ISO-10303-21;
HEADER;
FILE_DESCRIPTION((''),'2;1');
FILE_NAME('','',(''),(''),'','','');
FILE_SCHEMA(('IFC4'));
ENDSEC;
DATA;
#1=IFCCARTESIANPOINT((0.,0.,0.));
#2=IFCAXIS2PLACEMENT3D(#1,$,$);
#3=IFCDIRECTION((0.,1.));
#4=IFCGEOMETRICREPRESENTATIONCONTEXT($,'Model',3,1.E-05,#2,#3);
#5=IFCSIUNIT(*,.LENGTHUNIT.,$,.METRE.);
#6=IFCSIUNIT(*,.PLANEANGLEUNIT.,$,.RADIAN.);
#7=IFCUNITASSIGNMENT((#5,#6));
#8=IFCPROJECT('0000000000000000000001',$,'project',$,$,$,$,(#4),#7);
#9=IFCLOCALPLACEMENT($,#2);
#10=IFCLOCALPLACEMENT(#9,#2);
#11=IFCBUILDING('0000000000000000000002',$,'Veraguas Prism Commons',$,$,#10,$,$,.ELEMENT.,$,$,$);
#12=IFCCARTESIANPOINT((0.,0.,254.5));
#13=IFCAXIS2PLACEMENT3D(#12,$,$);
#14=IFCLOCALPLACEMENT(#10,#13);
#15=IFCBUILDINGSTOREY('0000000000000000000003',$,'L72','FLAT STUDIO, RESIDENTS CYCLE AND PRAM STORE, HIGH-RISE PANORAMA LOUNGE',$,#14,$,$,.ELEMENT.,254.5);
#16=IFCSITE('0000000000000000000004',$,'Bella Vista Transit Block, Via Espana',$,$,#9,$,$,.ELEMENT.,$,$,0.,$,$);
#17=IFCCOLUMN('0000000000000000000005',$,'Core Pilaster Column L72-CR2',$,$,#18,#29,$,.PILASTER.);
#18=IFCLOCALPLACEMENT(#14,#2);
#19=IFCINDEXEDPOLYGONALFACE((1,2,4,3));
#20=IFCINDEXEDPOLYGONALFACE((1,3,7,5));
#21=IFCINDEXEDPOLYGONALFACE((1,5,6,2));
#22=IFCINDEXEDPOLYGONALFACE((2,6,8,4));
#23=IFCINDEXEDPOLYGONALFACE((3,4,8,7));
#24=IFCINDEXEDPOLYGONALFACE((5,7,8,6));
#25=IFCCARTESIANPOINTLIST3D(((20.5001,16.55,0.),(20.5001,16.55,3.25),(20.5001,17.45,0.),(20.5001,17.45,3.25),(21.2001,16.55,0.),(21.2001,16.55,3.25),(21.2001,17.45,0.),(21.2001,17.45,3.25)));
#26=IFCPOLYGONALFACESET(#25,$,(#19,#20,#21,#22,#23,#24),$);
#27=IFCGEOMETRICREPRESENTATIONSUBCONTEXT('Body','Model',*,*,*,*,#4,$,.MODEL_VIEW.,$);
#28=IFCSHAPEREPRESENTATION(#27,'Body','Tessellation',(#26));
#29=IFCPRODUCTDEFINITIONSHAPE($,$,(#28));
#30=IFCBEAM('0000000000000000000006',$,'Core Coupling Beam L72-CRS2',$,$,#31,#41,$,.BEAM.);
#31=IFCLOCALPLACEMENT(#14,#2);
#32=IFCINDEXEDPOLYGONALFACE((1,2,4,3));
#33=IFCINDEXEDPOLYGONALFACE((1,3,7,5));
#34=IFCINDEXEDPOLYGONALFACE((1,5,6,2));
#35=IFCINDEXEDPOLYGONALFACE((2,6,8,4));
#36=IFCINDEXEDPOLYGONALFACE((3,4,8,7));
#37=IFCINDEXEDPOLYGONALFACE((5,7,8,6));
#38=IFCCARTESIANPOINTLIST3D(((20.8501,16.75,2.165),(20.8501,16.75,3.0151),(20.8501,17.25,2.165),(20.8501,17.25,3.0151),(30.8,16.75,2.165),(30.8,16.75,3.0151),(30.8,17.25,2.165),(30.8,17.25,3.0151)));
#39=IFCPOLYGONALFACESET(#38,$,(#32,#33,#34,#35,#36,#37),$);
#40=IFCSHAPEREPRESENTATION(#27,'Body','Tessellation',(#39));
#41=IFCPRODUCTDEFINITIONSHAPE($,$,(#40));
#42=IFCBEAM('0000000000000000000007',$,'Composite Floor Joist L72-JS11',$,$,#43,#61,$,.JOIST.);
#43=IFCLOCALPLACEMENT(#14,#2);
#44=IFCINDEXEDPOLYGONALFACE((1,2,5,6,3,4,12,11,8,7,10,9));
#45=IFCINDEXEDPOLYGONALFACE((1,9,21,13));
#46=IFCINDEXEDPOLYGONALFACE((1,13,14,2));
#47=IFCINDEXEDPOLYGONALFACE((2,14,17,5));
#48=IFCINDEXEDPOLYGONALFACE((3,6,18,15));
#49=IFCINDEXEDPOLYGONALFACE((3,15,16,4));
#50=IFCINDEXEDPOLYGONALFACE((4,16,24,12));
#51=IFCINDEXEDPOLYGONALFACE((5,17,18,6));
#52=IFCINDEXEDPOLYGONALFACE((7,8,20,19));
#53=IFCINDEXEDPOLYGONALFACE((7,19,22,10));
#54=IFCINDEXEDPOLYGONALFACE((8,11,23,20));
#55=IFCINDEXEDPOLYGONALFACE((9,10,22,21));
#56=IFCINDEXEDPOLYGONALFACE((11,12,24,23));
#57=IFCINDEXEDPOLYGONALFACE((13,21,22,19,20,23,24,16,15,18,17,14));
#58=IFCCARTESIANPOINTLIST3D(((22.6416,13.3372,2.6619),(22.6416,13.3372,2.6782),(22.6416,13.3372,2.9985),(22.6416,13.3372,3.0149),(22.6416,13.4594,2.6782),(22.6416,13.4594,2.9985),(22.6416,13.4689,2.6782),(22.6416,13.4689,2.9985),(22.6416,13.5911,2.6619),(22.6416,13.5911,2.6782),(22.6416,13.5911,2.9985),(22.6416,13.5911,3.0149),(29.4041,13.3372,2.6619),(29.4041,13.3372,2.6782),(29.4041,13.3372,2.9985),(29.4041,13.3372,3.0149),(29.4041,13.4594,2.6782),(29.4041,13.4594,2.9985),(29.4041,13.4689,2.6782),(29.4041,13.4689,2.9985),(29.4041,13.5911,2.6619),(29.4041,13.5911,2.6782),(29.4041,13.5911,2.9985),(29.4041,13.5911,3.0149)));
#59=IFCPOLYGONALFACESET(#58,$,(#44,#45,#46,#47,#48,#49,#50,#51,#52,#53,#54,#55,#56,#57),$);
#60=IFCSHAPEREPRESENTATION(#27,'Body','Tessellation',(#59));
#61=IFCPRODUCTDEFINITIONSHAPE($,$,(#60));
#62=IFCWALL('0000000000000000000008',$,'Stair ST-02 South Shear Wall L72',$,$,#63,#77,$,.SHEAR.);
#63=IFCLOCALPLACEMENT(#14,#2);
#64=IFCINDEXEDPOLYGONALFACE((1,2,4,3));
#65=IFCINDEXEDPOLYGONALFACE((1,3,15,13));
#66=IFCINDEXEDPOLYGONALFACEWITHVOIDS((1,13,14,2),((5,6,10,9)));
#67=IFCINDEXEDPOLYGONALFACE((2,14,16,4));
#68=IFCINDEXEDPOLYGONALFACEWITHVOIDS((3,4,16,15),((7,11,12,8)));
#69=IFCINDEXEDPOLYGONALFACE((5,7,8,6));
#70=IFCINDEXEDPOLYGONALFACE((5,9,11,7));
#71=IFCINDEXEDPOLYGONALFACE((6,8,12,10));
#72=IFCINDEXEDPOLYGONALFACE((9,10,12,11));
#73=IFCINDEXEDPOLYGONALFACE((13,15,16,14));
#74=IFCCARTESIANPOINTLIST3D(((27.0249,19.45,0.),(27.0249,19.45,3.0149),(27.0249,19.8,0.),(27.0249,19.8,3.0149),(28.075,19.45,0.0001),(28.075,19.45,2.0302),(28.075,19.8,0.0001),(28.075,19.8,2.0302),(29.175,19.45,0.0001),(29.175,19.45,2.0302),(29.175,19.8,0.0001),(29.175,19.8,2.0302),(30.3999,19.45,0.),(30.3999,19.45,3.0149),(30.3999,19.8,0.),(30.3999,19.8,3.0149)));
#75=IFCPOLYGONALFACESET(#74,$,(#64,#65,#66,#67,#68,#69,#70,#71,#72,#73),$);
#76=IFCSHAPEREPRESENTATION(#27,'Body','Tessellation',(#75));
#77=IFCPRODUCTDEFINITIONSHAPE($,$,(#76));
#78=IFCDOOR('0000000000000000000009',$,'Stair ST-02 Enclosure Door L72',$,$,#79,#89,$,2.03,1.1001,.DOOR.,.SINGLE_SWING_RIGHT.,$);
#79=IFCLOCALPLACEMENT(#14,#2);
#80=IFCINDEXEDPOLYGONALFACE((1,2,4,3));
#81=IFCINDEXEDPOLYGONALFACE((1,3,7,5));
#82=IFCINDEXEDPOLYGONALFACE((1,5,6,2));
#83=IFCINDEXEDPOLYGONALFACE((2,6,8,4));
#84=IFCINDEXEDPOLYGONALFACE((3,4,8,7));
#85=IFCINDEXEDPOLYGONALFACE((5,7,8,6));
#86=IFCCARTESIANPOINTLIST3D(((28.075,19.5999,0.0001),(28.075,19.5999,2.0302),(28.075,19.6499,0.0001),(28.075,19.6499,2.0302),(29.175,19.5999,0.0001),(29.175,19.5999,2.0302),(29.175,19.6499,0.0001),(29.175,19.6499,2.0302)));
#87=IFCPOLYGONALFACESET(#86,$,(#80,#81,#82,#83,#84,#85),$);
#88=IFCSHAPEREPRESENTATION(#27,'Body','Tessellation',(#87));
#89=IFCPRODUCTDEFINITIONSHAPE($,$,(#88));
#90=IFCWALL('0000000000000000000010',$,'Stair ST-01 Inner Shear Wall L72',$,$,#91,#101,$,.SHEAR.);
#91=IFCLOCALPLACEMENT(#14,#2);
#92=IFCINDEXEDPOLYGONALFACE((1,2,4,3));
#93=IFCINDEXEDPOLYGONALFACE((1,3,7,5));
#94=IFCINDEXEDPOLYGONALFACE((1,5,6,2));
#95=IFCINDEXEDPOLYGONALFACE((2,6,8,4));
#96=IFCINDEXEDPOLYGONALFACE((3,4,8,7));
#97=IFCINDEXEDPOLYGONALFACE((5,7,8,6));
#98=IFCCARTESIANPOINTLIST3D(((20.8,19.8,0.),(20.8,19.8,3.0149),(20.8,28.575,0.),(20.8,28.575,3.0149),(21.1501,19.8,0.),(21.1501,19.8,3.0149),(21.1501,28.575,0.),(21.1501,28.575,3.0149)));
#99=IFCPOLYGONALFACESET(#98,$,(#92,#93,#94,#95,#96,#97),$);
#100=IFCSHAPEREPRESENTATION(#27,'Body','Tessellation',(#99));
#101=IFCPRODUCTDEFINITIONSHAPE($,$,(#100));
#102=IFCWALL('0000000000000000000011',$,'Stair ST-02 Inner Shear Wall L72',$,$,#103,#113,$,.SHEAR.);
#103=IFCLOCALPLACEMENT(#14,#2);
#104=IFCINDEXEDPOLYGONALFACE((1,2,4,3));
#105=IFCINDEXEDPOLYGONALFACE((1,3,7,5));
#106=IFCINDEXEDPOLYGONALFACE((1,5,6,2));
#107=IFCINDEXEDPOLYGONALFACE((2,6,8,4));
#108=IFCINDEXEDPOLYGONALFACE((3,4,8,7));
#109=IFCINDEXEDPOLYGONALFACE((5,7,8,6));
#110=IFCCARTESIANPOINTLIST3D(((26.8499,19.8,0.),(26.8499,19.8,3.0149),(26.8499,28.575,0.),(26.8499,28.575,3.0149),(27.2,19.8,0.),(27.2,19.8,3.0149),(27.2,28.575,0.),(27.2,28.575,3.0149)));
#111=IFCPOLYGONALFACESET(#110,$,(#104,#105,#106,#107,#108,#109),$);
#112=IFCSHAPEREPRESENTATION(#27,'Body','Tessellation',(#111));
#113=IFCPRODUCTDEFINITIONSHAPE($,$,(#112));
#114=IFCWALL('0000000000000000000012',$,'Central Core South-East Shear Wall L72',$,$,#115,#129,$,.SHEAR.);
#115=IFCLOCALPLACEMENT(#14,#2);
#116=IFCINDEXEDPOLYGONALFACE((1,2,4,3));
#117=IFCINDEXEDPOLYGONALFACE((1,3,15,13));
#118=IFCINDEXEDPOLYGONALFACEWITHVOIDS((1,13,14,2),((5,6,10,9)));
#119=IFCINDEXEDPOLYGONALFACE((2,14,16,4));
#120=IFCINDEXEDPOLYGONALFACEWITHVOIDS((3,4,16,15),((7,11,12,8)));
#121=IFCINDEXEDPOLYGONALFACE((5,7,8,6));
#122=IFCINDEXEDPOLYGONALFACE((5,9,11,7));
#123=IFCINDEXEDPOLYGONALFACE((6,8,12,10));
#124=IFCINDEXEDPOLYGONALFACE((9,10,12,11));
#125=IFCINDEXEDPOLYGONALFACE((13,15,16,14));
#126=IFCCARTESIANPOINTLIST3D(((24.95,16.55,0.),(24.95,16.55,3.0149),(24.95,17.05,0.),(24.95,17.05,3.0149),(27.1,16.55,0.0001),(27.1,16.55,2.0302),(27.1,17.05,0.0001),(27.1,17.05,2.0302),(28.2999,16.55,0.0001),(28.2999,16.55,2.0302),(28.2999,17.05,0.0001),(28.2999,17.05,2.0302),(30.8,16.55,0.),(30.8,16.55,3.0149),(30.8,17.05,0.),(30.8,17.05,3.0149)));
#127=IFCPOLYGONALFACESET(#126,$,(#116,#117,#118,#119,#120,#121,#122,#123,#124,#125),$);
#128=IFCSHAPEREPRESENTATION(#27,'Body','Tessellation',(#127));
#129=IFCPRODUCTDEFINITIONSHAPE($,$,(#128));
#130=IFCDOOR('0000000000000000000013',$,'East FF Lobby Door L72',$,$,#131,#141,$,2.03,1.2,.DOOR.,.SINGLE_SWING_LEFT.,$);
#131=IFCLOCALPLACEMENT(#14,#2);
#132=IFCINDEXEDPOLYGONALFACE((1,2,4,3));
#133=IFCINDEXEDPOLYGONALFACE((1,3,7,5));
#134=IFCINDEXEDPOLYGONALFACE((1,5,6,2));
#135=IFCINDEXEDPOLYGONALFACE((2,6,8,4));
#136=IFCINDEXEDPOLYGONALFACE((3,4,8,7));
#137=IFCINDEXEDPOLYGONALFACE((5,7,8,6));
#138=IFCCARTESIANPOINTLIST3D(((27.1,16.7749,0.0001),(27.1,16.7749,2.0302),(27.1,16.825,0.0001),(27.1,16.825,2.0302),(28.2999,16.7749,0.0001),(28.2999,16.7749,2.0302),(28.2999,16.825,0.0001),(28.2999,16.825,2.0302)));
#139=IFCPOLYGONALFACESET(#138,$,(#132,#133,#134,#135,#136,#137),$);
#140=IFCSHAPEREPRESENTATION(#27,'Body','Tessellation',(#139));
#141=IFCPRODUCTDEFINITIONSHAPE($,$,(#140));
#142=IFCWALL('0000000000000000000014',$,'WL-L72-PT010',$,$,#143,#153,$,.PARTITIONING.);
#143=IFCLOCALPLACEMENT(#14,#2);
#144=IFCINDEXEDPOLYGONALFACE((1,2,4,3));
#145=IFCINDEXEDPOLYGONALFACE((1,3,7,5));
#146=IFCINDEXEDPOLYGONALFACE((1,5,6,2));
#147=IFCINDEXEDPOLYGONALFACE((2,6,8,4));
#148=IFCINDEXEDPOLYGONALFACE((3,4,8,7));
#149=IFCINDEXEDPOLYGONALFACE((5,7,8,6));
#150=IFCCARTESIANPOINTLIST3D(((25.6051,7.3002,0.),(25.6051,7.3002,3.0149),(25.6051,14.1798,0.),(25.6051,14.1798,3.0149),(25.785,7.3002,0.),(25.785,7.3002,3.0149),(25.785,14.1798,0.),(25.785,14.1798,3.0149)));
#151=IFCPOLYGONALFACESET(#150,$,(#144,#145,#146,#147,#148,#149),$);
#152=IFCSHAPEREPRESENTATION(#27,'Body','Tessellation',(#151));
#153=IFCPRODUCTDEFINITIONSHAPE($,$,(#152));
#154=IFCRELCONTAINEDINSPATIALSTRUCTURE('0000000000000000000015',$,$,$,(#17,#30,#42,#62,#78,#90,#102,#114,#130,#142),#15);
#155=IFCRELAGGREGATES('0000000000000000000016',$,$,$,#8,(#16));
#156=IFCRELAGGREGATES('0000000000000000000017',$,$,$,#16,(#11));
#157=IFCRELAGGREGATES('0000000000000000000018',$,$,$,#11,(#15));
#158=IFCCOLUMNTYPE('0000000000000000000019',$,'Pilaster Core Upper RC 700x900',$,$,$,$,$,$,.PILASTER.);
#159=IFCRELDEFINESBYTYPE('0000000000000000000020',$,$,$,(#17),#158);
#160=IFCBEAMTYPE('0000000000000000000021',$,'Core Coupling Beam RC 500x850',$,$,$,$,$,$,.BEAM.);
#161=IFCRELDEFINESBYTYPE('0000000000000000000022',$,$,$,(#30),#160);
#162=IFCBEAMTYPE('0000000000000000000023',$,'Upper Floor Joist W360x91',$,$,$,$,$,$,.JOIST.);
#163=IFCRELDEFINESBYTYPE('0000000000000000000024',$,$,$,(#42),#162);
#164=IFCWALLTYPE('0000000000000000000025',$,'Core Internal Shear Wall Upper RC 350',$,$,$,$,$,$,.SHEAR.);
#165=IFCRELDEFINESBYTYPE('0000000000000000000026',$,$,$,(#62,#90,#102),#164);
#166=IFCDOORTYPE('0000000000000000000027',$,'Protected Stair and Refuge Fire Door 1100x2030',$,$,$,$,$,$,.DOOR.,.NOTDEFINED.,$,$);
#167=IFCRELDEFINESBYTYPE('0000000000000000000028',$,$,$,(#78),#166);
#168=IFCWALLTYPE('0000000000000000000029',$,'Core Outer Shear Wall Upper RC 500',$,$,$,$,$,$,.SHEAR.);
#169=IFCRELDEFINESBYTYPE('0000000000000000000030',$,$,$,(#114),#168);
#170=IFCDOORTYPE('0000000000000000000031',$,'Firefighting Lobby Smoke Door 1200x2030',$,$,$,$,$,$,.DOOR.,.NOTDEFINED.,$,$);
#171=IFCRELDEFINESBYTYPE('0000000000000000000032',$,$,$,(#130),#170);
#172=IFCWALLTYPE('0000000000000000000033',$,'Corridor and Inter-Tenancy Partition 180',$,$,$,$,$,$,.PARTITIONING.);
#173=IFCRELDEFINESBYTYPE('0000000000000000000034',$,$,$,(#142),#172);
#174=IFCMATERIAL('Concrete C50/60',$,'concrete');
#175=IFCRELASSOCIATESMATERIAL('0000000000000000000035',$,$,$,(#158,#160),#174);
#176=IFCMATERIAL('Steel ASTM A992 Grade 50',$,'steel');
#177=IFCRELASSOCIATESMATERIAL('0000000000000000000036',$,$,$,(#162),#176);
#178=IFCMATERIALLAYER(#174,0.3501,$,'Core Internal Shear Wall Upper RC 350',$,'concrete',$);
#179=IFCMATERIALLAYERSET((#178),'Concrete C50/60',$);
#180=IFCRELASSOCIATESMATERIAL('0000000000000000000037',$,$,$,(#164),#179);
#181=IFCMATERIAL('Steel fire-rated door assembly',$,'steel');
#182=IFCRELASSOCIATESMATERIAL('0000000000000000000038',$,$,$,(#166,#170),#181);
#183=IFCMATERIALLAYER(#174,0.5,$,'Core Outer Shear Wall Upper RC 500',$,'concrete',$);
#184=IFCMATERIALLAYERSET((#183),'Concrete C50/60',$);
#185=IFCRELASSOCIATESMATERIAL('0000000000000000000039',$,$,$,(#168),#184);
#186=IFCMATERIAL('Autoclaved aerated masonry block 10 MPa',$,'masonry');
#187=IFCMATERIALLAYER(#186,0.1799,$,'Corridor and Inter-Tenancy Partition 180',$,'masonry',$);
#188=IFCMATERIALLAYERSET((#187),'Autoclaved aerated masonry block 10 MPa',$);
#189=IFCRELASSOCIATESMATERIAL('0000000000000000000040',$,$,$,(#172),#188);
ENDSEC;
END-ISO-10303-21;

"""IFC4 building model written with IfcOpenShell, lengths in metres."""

from ifc_helpers import new_model, si_unit, direction, frame, frame_2d, origin, origin_2d, place, context, subcontext, project, spatial, rectangle, i_section, extrude, source, transform, mapped, material, layer, layer_set, material_profile, profile_set, type_object, element, fill, save


model = new_model("IFC4")

# Units and contexts
model_context = context("Model", 3, precision=1e-05, world=origin(), true_north=direction((0.0, 1.0)))
body_context = subcontext(model_context, "Body", "Model", "MODEL_VIEW")
ifc_project = project(units=[si_unit("LENGTHUNIT", "METRE"), si_unit("PLANEANGLEUNIT", "RADIAN")], contexts=[model_context])

# Site, building, storey
site_placement = place(None, origin())
site = spatial("IfcSite", under=ifc_project, at=site_placement, Name="Bella Vista Transit Block, Via Espana", CompositionType="ELEMENT", RefElevation=0.0)
building_placement = place(site_placement, origin())
building = spatial("IfcBuilding", under=site, at=building_placement, Name="Veraguas Prism Commons", CompositionType="ELEMENT")
storey_placement = place(building_placement, frame((0.0, 0.0, 254.5)))
storey = spatial("IfcBuildingStorey", under=building, at=storey_placement, Name="L72", Description="FLAT STUDIO, RESIDENTS CYCLE AND PRAM STORE, HIGH-RISE PANORAMA LOUNGE", CompositionType="ELEMENT", Elevation=254.5)

# Column
ifc_material_1 = material(Name="Concrete C50/60", Category="concrete")
ifc_material_profile_1 = material_profile(ifc_material_1, rectangle(XDim=0.7, YDim=0.8999, at=origin_2d()), Name="RC700X900")
ifc_profile_set_1 = profile_set([ifc_material_profile_1], Name="Concrete C50/60")
column_type = type_object("IfcColumnType", Name="Pilaster Core Upper RC 700x900", PredefinedType="PILASTER", material=ifc_profile_set_1)
column_placement = place(storey_placement, frame((20.8501, 17.0, 0.0), z_axis=(0.0, 0.0, 1.0), x_axis=(1.0, 0.0, 0.0)))
element("IfcColumn", 1, at=column_placement, inside=storey, type_object=column_type, Name="Core Pilaster Column L72-CR2", PredefinedType="PILASTER", context=body_context, shape_type="SweptSolid", body=[
    extrude(rectangle(XDim=0.7, YDim=0.8999, at=origin_2d()), origin(), (0.0, 0.0, 1.0), 3.25),
])

# Beams
ifc_material_profile_2 = material_profile(ifc_material_1, rectangle(XDim=0.5, YDim=0.8501, at=origin_2d()), Name="RC500X850")
ifc_profile_set_2 = profile_set([ifc_material_profile_2], Name="Concrete C50/60")
beam_type_1 = type_object("IfcBeamType", Name="Core Coupling Beam RC 500x850", PredefinedType="BEAM", material=ifc_profile_set_2)
beam_1_placement = place(storey_placement, frame((20.8501, 17.0, 2.5901), z_axis=(1.0, 0.0, 0.0), x_axis=(0.0, 1.0, 0.0)))
element("IfcBeam", 2, at=beam_1_placement, inside=storey, type_object=beam_type_1, Name="Core Coupling Beam L72-CRS2", PredefinedType="BEAM", context=body_context, shape_type="SweptSolid", body=[
    extrude(rectangle(XDim=0.5, YDim=0.8501, at=origin_2d()), origin(), (0.0, 0.0, 1.0), 9.95),
])
ifc_material_2 = material(Name="Steel ASTM A992 Grade 50", Category="steel")
ifc_material_profile_3 = material_profile(ifc_material_2, i_section(OverallWidth=0.2539, OverallDepth=0.353, WebThickness=0.0095, FlangeThickness=0.0164, at=origin_2d()), Name="W360X91")
ifc_profile_set_3 = profile_set([ifc_material_profile_3], Name="Steel ASTM A992 Grade 50")
beam_type_2 = type_object("IfcBeamType", Name="Upper Floor Joist W360x91", PredefinedType="JOIST", material=ifc_profile_set_3)
beam_2_placement = place(storey_placement, frame((22.6416, 13.4641, 2.8384), z_axis=(1.0, 0.0, 0.0), x_axis=(0.0, 1.0, 0.0)))
element("IfcBeam", 3, at=beam_2_placement, inside=storey, type_object=beam_type_2, Name="Composite Floor Joist L72-JS11", PredefinedType="JOIST", context=body_context, shape_type="SweptSolid", body=[
    extrude(i_section(OverallWidth=0.2539, OverallDepth=0.353, WebThickness=0.0095, FlangeThickness=0.0164, at=origin_2d()), origin(), (0.0, 0.0, 1.0), 6.7625),
])

# Wall, opening, door
ifc_layer_1 = layer(ifc_material_1, 0.3501, Name="Core Internal Shear Wall Upper RC 350", Category="concrete")
ifc_layer_set_1 = layer_set([ifc_layer_1], Name="Concrete C50/60")
wall_type_1 = type_object("IfcWallType", Name="Core Internal Shear Wall Upper RC 350", PredefinedType="SHEAR", material=ifc_layer_set_1)
wall_1_placement = place(storey_placement, frame((27.0249, 19.625, 0.0), z_axis=(0.0, 0.0, 1.0), x_axis=(1.0, 0.0, 0.0)))
wall_1 = element("IfcWall", 4, at=wall_1_placement, inside=storey, type_object=wall_type_1, Name="Stair ST-02 South Shear Wall L72", PredefinedType="SHEAR", context=body_context, shape_type="SweptSolid", body=[
    extrude(rectangle(XDim=3.375, YDim=0.3501, at=frame_2d((1.6875, 0.0))), origin(), (0.0, 0.0, 1.0), 3.0149),
])
opening_1_placement = place(wall_1_placement, frame((1.05, 0.0, 0.0)))
opening_1 = element("IfcOpeningElement", 5, at=opening_1_placement, cuts=wall_1, PredefinedType="OPENING", context=body_context, shape_type="SweptSolid", body=[
    extrude(rectangle(XDim=1.1001, YDim=2.03, at=frame_2d((0.55, 1.0151))), frame((0.0, 0.1851, 0.0), z_axis=(0.0, -1.0, 0.0), x_axis=(1.0, 0.0, 0.0)), (0.0, 0.0, 1.0), 0.3701),
])
ifc_material_3 = material(Name="Steel fire-rated door assembly", Category="steel")
door_type_1 = type_object("IfcDoorType", Name="Protected Stair and Refuge Fire Door 1100x2030", OperationType="NOTDEFINED", PredefinedType="DOOR", material=ifc_material_3)
shared_shape_1 = source(origin(), body_context, "Body", "SweptSolid", [
    extrude(rectangle(XDim=1.1001, YDim=2.03, at=frame_2d((0.55, 1.0151))), frame((0.0, 0.0249, 0.0), z_axis=(0.0, -1.0, 0.0), x_axis=(1.0, 0.0, 0.0)), (0.0, 0.0, 1.0), 0.05),
])
door_1_placement = place(opening_1_placement, origin())
door_1 = element("IfcDoor", 6, at=door_1_placement, inside=storey, type_object=door_type_1, Name="Stair ST-02 Enclosure Door L72", OperationType="SINGLE_SWING_RIGHT", OverallHeight=2.03, OverallWidth=1.1001, PredefinedType="DOOR", context=body_context, shape_type="MappedRepresentation", body=[
    mapped(shared_shape_1, transform((0.0, 0.0, 0.0), scale=1.0)),
])
fill(opening_1, door_1)

# Walls
for number, where, z_axis, x_axis, name in (
    (7, (20.9751, 19.8, 0.0), (0.0, 0.0, 1.0), (0.0, 1.0, 0.0), "Stair ST-01 Inner Shear Wall L72"),
    (8, (27.0249, 19.8, 0.0), (0.0, 0.0, 1.0), (0.0, 1.0, 0.0), "Stair ST-02 Inner Shear Wall L72"),
):
    element("IfcWall", number, at=place(storey_placement, frame(where, z_axis=z_axis, x_axis=x_axis)), inside=storey, type_object=wall_type_1, Name=name, PredefinedType="SHEAR", context=body_context, shape_type="SweptSolid", body=[
        extrude(rectangle(XDim=8.7749, YDim=0.3501, at=frame_2d((4.3875, 0.0))), origin(), (0.0, 0.0, 1.0), 3.0149),
    ])

# Wall, opening, door
ifc_layer_2 = layer(ifc_material_1, 0.5, Name="Core Outer Shear Wall Upper RC 500", Category="concrete")
ifc_layer_set_2 = layer_set([ifc_layer_2], Name="Concrete C50/60")
wall_type_2 = type_object("IfcWallType", Name="Core Outer Shear Wall Upper RC 500", PredefinedType="SHEAR", material=ifc_layer_set_2)
wall_2_placement = place(storey_placement, frame((24.95, 16.8, 0.0), z_axis=(0.0, 0.0, 1.0), x_axis=(1.0, 0.0, 0.0)))
wall_2 = element("IfcWall", 9, at=wall_2_placement, inside=storey, type_object=wall_type_2, Name="Central Core South-East Shear Wall L72", PredefinedType="SHEAR", context=body_context, shape_type="SweptSolid", body=[
    extrude(rectangle(XDim=5.8501, YDim=0.5, at=frame_2d((2.925, 0.0))), origin(), (0.0, 0.0, 1.0), 3.0149),
])
opening_2_placement = place(wall_2_placement, frame((2.1499, 0.0, 0.0)))
opening_2 = element("IfcOpeningElement", 10, at=opening_2_placement, cuts=wall_2, PredefinedType="OPENING", context=body_context, shape_type="SweptSolid", body=[
    extrude(rectangle(XDim=1.2, YDim=2.03, at=frame_2d((0.6001, 1.0151))), frame((0.0, 0.26, 0.0), z_axis=(0.0, -1.0, 0.0), x_axis=(1.0, 0.0, 0.0)), (0.0, 0.0, 1.0), 0.52),
])
door_type_2 = type_object("IfcDoorType", Name="Firefighting Lobby Smoke Door 1200x2030", OperationType="NOTDEFINED", PredefinedType="DOOR", material=ifc_material_3)
shared_shape_2 = source(origin(), body_context, "Body", "SweptSolid", [
    extrude(rectangle(XDim=1.2, YDim=2.03, at=frame_2d((0.6001, 1.0151))), frame((0.0, 0.0249, 0.0), z_axis=(0.0, -1.0, 0.0), x_axis=(1.0, 0.0, 0.0)), (0.0, 0.0, 1.0), 0.05),
])
door_2_placement = place(opening_2_placement, origin())
door_2 = element("IfcDoor", 11, at=door_2_placement, inside=storey, type_object=door_type_2, Name="East FF Lobby Door L72", OperationType="SINGLE_SWING_LEFT", OverallHeight=2.03, OverallWidth=1.2, PredefinedType="DOOR", context=body_context, shape_type="MappedRepresentation", body=[
    mapped(shared_shape_2, transform((0.0, 0.0, 0.0), scale=1.0)),
])
fill(opening_2, door_2)

# Wall
ifc_material_4 = material(Name="Autoclaved aerated masonry block 10 MPa", Category="masonry")
ifc_layer_3 = layer(ifc_material_4, 0.1799, Name="Corridor and Inter-Tenancy Partition 180", Category="masonry")
ifc_layer_set_3 = layer_set([ifc_layer_3], Name="Autoclaved aerated masonry block 10 MPa")
wall_type_3 = type_object("IfcWallType", Name="Corridor and Inter-Tenancy Partition 180", PredefinedType="PARTITIONING", material=ifc_layer_set_3)
wall_3_placement = place(storey_placement, frame((25.6951, 14.1799, 0.0), z_axis=(0.0, 0.0, 1.0), x_axis=(0.0, -1.0, 0.0)))
element("IfcWall", 12, at=wall_3_placement, inside=storey, type_object=wall_type_3, Name="WL-L72-PT010", PredefinedType="PARTITIONING", context=body_context, shape_type="SweptSolid", body=[
    extrude(rectangle(XDim=6.8796, YDim=0.1799, at=frame_2d((3.4399, 0.0))), origin(), (0.0, 0.0, 1.0), 3.0149),
])

save(model, "model.ifc")
